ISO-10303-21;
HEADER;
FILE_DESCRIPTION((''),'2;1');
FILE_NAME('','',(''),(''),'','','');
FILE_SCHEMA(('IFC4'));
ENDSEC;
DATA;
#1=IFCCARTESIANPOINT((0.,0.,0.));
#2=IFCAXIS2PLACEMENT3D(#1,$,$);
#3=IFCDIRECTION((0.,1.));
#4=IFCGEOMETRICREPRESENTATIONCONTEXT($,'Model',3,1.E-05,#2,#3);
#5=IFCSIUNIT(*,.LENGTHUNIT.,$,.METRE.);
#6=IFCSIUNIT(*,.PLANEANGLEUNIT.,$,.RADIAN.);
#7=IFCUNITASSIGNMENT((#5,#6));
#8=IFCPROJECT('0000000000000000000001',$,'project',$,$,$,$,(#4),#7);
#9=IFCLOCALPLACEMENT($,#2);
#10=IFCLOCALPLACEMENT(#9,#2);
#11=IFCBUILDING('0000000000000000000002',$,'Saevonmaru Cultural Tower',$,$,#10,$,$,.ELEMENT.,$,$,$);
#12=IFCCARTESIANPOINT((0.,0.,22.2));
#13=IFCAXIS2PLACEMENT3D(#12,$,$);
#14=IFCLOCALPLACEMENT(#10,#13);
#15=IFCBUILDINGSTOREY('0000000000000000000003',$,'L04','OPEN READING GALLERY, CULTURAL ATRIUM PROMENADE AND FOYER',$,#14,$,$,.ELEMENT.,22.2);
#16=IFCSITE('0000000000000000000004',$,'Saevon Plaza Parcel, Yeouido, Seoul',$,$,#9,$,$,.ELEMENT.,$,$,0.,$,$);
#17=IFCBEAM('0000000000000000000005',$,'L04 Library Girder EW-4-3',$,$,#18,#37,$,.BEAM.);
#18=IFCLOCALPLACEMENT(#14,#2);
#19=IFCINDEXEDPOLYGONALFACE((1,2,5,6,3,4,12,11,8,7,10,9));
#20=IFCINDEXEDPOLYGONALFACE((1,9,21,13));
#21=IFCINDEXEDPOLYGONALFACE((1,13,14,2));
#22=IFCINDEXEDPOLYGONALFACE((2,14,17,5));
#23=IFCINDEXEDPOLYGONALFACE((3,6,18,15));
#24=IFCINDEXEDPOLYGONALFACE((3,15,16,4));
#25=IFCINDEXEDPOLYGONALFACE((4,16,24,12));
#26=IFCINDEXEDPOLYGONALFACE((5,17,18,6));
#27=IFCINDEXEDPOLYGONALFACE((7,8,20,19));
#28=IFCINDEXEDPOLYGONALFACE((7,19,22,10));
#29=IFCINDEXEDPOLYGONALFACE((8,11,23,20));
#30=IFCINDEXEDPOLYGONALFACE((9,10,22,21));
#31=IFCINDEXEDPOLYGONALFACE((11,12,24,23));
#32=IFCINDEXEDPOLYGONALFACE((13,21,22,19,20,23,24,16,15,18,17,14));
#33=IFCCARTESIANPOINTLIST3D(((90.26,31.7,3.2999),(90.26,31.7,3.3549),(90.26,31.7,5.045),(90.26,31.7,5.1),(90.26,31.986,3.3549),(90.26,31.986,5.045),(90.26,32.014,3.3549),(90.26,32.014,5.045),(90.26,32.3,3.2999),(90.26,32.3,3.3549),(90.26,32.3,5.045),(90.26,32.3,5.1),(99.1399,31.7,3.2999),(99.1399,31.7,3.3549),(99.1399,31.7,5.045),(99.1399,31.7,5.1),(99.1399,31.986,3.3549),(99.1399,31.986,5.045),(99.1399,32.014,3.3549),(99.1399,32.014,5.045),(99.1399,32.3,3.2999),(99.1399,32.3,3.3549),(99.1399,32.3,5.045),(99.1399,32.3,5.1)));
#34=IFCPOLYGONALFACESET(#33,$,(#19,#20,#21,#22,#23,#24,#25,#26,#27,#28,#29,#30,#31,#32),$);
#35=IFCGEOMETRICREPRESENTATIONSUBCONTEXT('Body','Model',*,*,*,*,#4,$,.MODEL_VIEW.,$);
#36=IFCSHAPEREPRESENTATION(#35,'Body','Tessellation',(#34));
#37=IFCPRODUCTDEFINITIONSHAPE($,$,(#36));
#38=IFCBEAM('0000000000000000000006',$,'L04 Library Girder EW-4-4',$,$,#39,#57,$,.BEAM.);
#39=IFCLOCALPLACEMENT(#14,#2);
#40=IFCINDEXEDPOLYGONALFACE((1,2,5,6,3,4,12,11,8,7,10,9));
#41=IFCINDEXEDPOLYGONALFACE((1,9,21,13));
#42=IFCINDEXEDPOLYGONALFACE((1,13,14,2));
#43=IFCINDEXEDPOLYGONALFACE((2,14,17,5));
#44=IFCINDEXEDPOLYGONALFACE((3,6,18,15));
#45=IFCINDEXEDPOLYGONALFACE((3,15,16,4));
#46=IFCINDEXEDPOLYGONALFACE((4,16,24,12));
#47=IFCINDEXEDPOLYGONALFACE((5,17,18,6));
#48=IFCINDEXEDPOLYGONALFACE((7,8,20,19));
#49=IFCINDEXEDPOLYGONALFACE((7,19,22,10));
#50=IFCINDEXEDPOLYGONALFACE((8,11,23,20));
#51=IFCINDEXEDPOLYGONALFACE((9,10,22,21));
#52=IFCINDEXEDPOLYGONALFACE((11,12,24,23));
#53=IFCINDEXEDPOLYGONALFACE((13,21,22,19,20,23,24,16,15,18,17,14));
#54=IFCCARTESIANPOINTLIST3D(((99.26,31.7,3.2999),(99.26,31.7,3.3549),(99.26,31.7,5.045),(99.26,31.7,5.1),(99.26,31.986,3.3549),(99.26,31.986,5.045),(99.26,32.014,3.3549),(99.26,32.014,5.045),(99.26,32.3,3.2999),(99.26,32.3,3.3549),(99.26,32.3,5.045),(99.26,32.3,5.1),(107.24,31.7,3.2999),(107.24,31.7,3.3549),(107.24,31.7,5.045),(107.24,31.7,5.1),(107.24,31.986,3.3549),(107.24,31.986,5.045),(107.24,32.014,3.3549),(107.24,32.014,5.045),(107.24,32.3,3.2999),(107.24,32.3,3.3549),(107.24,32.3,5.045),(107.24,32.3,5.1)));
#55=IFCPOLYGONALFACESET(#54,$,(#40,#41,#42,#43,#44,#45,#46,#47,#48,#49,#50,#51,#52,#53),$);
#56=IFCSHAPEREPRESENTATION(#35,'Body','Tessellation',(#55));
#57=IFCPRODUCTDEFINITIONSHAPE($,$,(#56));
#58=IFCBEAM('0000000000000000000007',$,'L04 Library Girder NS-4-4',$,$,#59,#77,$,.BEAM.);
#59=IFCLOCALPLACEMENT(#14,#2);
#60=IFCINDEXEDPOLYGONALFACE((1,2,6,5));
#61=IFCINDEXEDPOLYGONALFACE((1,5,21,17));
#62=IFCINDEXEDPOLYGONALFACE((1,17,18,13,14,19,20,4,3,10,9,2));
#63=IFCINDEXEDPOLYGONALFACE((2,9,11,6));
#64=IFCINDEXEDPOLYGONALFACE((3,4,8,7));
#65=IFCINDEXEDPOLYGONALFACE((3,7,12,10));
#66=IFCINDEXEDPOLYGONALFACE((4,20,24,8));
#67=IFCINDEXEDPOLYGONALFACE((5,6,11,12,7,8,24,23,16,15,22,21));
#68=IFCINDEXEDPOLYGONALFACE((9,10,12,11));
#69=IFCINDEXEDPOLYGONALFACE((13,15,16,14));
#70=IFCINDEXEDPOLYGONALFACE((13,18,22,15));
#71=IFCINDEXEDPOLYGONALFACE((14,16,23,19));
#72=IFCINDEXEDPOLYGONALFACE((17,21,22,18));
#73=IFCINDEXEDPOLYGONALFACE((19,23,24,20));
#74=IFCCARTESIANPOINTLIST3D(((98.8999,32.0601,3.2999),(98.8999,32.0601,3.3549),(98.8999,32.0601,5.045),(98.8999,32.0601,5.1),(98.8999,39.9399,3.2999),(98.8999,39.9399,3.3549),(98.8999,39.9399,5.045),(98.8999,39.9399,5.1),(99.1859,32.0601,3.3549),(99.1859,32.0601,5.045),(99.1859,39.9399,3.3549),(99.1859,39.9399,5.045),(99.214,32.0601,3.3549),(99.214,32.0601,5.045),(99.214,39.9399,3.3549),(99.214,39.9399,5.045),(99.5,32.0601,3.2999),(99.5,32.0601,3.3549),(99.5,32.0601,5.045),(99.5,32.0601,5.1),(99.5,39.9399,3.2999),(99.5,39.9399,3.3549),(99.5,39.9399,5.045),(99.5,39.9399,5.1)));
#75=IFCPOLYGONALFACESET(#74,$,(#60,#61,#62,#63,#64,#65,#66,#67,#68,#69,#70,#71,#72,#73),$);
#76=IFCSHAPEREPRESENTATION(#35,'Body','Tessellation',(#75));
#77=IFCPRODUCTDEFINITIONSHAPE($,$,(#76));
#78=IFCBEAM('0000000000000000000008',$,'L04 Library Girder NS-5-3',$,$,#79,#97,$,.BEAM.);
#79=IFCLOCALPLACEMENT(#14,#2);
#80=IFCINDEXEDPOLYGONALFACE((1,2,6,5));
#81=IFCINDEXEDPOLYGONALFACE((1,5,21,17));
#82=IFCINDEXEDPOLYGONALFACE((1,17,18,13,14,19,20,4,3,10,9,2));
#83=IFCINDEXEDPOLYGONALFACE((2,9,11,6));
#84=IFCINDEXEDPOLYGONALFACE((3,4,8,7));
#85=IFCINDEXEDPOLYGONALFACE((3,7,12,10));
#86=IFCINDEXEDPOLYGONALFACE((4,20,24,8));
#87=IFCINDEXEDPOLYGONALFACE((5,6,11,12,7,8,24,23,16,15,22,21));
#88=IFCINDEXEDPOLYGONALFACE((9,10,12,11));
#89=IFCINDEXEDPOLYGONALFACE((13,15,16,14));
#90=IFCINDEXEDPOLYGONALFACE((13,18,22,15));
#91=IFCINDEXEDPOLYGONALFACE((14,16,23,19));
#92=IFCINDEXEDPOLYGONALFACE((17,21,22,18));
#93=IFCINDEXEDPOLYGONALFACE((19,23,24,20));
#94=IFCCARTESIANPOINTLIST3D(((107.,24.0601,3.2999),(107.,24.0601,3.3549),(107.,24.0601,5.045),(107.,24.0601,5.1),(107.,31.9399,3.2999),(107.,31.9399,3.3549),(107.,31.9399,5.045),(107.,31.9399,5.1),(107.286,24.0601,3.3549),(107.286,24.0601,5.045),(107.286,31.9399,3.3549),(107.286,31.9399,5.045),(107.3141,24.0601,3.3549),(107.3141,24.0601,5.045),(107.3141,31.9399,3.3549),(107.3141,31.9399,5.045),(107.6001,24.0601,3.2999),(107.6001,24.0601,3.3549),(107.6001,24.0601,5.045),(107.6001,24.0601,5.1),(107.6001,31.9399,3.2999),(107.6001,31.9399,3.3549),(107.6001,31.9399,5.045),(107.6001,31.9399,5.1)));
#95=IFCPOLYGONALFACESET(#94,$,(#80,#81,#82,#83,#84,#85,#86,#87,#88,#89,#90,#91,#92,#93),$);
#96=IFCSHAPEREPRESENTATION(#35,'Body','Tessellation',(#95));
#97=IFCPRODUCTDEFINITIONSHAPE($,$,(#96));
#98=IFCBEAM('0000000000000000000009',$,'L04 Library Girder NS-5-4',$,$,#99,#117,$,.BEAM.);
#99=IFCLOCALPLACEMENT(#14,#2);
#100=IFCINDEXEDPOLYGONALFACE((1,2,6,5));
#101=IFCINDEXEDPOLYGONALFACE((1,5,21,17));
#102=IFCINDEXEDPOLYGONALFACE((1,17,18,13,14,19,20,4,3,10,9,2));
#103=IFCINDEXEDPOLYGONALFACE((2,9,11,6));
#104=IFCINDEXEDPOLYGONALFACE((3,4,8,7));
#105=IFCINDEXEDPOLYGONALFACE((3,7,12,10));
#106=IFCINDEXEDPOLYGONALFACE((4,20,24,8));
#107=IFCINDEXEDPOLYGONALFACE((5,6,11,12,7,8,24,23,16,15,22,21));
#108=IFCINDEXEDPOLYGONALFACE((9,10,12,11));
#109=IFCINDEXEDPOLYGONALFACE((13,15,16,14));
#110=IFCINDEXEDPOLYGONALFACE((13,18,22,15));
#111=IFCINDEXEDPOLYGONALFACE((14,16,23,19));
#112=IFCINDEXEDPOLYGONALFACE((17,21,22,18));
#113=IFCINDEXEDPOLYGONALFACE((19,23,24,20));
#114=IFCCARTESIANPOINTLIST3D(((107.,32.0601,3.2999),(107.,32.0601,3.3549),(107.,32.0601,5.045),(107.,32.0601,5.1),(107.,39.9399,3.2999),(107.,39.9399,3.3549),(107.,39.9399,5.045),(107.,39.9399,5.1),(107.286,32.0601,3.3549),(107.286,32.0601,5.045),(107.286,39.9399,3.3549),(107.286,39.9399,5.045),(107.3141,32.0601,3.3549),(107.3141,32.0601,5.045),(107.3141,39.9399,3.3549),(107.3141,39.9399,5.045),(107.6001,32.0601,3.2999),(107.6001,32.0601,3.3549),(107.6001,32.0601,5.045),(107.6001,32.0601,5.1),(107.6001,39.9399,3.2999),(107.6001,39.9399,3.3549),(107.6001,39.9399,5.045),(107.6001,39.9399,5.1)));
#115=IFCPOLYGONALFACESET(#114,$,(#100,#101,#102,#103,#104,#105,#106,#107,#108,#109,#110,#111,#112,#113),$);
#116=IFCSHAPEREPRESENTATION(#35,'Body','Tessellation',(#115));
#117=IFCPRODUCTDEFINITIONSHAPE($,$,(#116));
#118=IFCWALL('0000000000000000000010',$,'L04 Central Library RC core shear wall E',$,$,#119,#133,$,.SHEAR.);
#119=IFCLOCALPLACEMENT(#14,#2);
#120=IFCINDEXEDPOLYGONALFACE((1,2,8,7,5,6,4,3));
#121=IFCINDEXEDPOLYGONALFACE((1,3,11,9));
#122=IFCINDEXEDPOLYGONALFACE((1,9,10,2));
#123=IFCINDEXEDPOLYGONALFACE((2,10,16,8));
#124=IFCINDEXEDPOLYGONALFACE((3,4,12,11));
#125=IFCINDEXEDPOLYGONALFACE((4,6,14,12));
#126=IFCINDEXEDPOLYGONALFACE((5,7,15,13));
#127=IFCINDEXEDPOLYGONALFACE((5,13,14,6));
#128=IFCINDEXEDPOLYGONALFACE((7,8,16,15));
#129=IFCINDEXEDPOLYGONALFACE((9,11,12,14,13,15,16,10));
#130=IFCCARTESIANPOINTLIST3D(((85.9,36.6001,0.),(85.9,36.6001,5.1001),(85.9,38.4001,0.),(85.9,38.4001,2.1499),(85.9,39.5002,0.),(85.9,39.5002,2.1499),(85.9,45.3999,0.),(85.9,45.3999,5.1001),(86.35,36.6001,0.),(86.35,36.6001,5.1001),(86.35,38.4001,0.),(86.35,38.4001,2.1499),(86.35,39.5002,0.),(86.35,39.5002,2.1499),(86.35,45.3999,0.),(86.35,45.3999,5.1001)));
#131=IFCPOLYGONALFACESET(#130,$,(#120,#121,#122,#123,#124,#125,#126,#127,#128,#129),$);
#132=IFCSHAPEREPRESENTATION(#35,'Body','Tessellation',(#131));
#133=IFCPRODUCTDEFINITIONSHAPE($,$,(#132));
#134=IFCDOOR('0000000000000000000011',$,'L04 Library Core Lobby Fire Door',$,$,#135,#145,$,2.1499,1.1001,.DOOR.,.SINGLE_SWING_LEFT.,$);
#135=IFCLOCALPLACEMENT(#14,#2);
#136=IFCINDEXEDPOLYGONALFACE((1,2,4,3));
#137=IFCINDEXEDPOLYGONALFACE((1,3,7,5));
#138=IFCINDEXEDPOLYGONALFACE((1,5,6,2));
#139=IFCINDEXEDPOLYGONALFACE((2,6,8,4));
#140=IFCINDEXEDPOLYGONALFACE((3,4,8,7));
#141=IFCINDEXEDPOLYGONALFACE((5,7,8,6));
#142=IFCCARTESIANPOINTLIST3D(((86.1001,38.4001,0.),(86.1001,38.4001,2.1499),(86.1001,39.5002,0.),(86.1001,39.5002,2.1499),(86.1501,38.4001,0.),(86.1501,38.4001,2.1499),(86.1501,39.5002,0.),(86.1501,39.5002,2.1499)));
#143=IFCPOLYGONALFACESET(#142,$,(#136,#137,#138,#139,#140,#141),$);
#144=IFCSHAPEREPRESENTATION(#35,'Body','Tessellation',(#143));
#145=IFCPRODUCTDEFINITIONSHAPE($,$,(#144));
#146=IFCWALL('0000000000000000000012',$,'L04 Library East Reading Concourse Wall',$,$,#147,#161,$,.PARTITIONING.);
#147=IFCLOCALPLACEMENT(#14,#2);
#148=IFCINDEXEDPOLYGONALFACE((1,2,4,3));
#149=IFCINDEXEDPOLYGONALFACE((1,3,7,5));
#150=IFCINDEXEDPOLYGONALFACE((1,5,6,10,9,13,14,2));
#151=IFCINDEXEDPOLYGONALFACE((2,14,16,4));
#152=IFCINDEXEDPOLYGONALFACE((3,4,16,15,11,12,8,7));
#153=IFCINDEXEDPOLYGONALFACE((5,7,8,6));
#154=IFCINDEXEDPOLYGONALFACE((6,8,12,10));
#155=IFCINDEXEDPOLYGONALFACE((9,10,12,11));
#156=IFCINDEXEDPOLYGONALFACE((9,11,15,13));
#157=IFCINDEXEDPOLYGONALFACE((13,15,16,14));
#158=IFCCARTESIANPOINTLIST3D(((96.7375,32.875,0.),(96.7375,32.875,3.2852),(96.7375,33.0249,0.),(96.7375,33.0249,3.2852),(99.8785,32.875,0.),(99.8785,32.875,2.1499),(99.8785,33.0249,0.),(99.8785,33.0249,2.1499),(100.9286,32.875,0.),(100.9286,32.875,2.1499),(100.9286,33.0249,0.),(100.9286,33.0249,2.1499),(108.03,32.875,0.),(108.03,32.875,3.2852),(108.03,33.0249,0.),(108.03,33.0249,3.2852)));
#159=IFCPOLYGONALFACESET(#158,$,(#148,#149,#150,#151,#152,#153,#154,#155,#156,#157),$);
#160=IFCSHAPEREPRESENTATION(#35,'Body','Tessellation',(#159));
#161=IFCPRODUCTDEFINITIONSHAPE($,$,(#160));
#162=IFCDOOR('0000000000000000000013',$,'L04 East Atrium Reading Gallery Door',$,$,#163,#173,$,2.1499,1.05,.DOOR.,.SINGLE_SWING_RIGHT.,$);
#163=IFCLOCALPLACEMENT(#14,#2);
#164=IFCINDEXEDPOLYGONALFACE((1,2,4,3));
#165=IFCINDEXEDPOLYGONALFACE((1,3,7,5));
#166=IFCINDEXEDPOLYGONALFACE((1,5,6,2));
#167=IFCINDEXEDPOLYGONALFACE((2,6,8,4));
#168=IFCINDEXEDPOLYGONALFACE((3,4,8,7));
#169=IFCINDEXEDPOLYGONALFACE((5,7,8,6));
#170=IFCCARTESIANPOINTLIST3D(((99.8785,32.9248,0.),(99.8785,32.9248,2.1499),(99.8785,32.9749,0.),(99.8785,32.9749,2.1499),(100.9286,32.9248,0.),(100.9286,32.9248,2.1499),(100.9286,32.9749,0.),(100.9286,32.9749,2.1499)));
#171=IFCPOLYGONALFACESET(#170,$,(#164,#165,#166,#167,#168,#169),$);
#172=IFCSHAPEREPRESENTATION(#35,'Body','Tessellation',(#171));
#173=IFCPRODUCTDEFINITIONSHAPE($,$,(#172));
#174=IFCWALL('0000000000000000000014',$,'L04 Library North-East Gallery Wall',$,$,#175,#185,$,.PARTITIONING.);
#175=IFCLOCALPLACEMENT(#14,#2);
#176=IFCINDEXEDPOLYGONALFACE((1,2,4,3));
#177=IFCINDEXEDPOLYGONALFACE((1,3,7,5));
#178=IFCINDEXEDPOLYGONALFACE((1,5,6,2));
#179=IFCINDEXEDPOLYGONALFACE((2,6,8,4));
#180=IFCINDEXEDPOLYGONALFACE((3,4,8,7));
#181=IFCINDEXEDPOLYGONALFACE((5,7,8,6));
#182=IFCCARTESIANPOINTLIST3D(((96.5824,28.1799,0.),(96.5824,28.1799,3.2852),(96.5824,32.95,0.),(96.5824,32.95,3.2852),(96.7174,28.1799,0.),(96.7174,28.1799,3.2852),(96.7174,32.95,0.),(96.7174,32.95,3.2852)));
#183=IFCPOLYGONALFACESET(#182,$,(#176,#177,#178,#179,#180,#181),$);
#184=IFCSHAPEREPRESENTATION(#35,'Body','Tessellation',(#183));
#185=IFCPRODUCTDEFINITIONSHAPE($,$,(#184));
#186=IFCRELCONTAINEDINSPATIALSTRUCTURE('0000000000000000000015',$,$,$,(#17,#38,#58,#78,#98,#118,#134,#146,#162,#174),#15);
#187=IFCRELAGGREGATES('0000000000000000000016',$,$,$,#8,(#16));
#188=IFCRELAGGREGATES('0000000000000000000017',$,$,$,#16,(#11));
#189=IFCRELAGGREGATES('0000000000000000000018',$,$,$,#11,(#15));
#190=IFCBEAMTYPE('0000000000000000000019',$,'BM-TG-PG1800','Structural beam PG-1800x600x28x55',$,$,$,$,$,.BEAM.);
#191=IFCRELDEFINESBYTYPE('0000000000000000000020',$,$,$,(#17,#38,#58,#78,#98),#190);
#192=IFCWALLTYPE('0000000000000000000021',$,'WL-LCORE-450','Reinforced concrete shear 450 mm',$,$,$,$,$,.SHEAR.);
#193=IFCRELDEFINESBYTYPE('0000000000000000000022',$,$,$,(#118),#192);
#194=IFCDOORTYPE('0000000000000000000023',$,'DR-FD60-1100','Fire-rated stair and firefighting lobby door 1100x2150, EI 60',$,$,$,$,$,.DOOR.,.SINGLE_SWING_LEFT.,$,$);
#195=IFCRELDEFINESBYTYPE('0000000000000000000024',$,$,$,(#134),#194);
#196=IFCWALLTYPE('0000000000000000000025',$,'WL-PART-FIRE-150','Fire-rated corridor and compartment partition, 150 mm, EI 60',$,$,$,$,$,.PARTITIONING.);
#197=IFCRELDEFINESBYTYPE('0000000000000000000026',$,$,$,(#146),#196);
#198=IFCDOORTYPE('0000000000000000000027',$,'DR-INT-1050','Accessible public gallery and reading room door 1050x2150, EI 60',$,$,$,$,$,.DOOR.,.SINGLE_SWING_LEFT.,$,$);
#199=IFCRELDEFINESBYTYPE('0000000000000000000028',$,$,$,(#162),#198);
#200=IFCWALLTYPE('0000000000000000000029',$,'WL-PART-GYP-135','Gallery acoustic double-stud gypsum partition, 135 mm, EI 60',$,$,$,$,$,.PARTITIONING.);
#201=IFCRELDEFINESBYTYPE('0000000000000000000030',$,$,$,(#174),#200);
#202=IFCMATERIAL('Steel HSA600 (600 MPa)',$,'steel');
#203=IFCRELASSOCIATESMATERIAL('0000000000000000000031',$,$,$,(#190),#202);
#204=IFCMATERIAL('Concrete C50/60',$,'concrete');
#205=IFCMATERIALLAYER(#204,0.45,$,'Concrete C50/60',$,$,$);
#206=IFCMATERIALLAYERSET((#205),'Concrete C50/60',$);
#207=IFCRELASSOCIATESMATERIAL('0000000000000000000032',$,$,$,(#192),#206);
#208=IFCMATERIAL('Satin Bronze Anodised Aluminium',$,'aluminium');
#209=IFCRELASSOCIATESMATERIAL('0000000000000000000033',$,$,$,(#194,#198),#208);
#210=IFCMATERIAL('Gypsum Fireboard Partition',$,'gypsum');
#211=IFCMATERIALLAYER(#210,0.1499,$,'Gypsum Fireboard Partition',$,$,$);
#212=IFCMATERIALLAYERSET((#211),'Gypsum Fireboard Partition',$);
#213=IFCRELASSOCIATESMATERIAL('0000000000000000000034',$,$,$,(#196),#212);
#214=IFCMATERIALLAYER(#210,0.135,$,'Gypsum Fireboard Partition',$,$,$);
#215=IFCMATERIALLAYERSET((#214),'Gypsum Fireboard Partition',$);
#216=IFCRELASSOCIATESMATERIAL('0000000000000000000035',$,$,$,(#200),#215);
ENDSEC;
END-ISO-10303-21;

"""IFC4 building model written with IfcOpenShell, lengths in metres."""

from ifc_helpers import new_model, si_unit, direction, frame, frame_2d, origin, origin_2d, place, context, subcontext, project, spatial, rectangle, i_section, extrude, material, layer, layer_set, material_profile, profile_set, type_object, element, fill, save


model = new_model("IFC4")

# Units and contexts
model_context = context("Model", 3, precision=1e-05, world=origin(), true_north=direction((0.0, 1.0)))
body_context = subcontext(model_context, "Body", "Model", "MODEL_VIEW")
ifc_project = project(units=[si_unit("LENGTHUNIT", "METRE"), si_unit("PLANEANGLEUNIT", "RADIAN")], contexts=[model_context])

# Site, building, storey
site_placement = place(None, origin())
site = spatial("IfcSite", under=ifc_project, at=site_placement, Name="Saevon Plaza Parcel, Yeouido, Seoul", CompositionType="ELEMENT", RefElevation=0.0)
building_placement = place(site_placement, origin())
building = spatial("IfcBuilding", under=site, at=building_placement, Name="Saevonmaru Cultural Tower", CompositionType="ELEMENT")
storey_placement = place(building_placement, frame((0.0, 0.0, 22.2)))
storey = spatial("IfcBuildingStorey", under=building, at=storey_placement, Name="L04", Description="OPEN READING GALLERY, CULTURAL ATRIUM PROMENADE AND FOYER", CompositionType="ELEMENT", Elevation=22.2)

# Beams
ifc_material_1 = material(Name="Steel HSA600 (600 MPa)", Category="steel")
ifc_material_profile_1 = material_profile(ifc_material_1, i_section(OverallWidth=0.6001, OverallDepth=1.8, WebThickness=0.0281, FlangeThickness=0.0549, at=origin_2d()), Name="PG-1800x600x28x55")
ifc_profile_set_1 = profile_set([ifc_material_profile_1], Name="Steel HSA600 (600 MPa)")
beam_type = type_object("IfcBeamType", Name="BM-TG-PG1800", Description="Structural beam PG-1800x600x28x55", PredefinedType="BEAM", material=ifc_profile_set_1)
beam_1_placement = place(storey_placement, frame((90.26, 32.0, 4.2), z_axis=(1.0, 0.0, 0.0), x_axis=(0.0, 1.0, 0.0)))
element("IfcBeam", 1, at=beam_1_placement, inside=storey, type_object=beam_type, Name="L04 Library Girder EW-4-3", PredefinedType="BEAM", context=body_context, shape_type="SweptSolid", body=[
    extrude(i_section(OverallWidth=0.6001, OverallDepth=1.8, WebThickness=0.0281, FlangeThickness=0.0549, at=origin_2d()), origin(), (0.0, 0.0, 1.0), 8.8799),
])
beam_2_placement = place(storey_placement, frame((99.26, 32.0, 4.2), z_axis=(1.0, 0.0, 0.0), x_axis=(0.0, 1.0, 0.0)))
element("IfcBeam", 2, at=beam_2_placement, inside=storey, type_object=beam_type, Name="L04 Library Girder EW-4-4", PredefinedType="BEAM", context=body_context, shape_type="SweptSolid", body=[
    extrude(i_section(OverallWidth=0.6001, OverallDepth=1.8, WebThickness=0.0281, FlangeThickness=0.0549, at=origin_2d()), origin(), (0.0, 0.0, 1.0), 7.98),
])
for number, where, z_axis, x_axis, name in (
    (3, (99.2, 32.0601, 4.2), (0.0, 1.0, 0.0), (-1.0, 0.0, 0.0), "L04 Library Girder NS-4-4"),
    (4, (107.3, 24.0601, 4.2), (0.0, 1.0, 0.0), (-1.0, 0.0, 0.0), "L04 Library Girder NS-5-3"),
    (5, (107.3, 32.0601, 4.2), (0.0, 1.0, 0.0), (-1.0, 0.0, 0.0), "L04 Library Girder NS-5-4"),
):
    element("IfcBeam", number, at=place(storey_placement, frame(where, z_axis=z_axis, x_axis=x_axis)), inside=storey, type_object=beam_type, Name=name, PredefinedType="BEAM", context=body_context, shape_type="SweptSolid", body=[
        extrude(i_section(OverallWidth=0.6001, OverallDepth=1.8, WebThickness=0.0281, FlangeThickness=0.0549, at=origin_2d()), origin(), (0.0, 0.0, 1.0), 7.8799),
    ])

# Walls, openings, doors
ifc_material_2 = material(Name="Concrete C50/60", Category="concrete")
ifc_layer_1 = layer(ifc_material_2, 0.45, Name="Concrete C50/60")
ifc_layer_set_1 = layer_set([ifc_layer_1], Name="Concrete C50/60")
wall_type_1 = type_object("IfcWallType", Name="WL-LCORE-450", Description="Reinforced concrete shear 450 mm", PredefinedType="SHEAR", material=ifc_layer_set_1)
wall_1_placement = place(storey_placement, frame((86.125, 36.6001, 0.0), z_axis=(0.0, 0.0, 1.0), x_axis=(0.0, 1.0, 0.0)))
wall_1 = element("IfcWall", 6, at=wall_1_placement, inside=storey, type_object=wall_type_1, Name="L04 Central Library RC core shear wall E", PredefinedType="SHEAR", context=body_context, shape_type="SweptSolid", body=[
    extrude(rectangle(XDim=8.7998, YDim=0.45, at=frame_2d((4.3999, 0.0))), origin(), (0.0, 0.0, 1.0), 5.1001),
])
opening_1_placement = place(wall_1_placement, frame((1.8, 0.0, 0.0)))
opening_1 = element("IfcOpeningElement", 7, at=opening_1_placement, cuts=wall_1, PredefinedType="OPENING", context=body_context, shape_type="SweptSolid", body=[
    extrude(rectangle(XDim=1.1001, YDim=2.1499, at=frame_2d((0.55, 1.075))), frame((0.0, 0.2349, 0.0), z_axis=(0.0, -1.0, 0.0), x_axis=(1.0, 0.0, 0.0)), (0.0, 0.0, 1.0), 0.47),
])
ifc_material_3 = material(Name="Satin Bronze Anodised Aluminium", Category="aluminium")
door_type_1 = type_object("IfcDoorType", Name="DR-FD60-1100", Description="Fire-rated stair and firefighting lobby door 1100x2150, EI 60", OperationType="SINGLE_SWING_LEFT", PredefinedType="DOOR", material=ifc_material_3)
door_1_placement = place(opening_1_placement, origin())
door_1 = element("IfcDoor", 8, at=door_1_placement, inside=storey, type_object=door_type_1, Name="L04 Library Core Lobby Fire Door", OperationType="SINGLE_SWING_LEFT", OverallHeight=2.1499, OverallWidth=1.1001, PredefinedType="DOOR", context=body_context, shape_type="SweptSolid", body=[
    extrude(rectangle(XDim=1.1001, YDim=2.1499, at=frame_2d((0.55, 1.075))), frame((0.0, 0.0249, 0.0), z_axis=(0.0, -1.0, 0.0), x_axis=(1.0, 0.0, 0.0)), (0.0, 0.0, 1.0), 0.05),
])
fill(opening_1, door_1)
ifc_material_4 = material(Name="Gypsum Fireboard Partition", Category="gypsum")
ifc_layer_2 = layer(ifc_material_4, 0.1499, Name="Gypsum Fireboard Partition")
ifc_layer_set_2 = layer_set([ifc_layer_2], Name="Gypsum Fireboard Partition")
wall_type_2 = type_object("IfcWallType", Name="WL-PART-FIRE-150", Description="Fire-rated corridor and compartment partition, 150 mm, EI 60", PredefinedType="PARTITIONING", material=ifc_layer_set_2)
wall_2_placement = place(storey_placement, frame((96.7375, 32.95, 0.0), z_axis=(0.0, 0.0, 1.0), x_axis=(1.0, 0.0, 0.0)))
wall_2 = element("IfcWall", 9, at=wall_2_placement, inside=storey, type_object=wall_type_2, Name="L04 Library East Reading Concourse Wall", PredefinedType="PARTITIONING", context=body_context, shape_type="SweptSolid", body=[
    extrude(rectangle(XDim=11.2925, YDim=0.1499, at=frame_2d((5.6462, 0.0))), origin(), (0.0, 0.0, 1.0), 3.2852),
])
opening_2_placement = place(wall_2_placement, frame((3.1411, 0.0, 0.0)))
opening_2 = element("IfcOpeningElement", 10, at=opening_2_placement, cuts=wall_2, PredefinedType="OPENING", context=body_context, shape_type="SweptSolid", body=[
    extrude(rectangle(XDim=1.05, YDim=2.1499, at=frame_2d((0.5249, 1.075))), frame((0.0, 0.085, 0.0), z_axis=(0.0, -1.0, 0.0), x_axis=(1.0, 0.0, 0.0)), (0.0, 0.0, 1.0), 0.1699),
])
door_type_2 = type_object("IfcDoorType", Name="DR-INT-1050", Description="Accessible public gallery and reading room door 1050x2150, EI 60", OperationType="SINGLE_SWING_LEFT", PredefinedType="DOOR", material=ifc_material_3)
door_2_placement = place(opening_2_placement, origin())
door_2 = element("IfcDoor", 11, at=door_2_placement, inside=storey, type_object=door_type_2, Name="L04 East Atrium Reading Gallery Door", OperationType="SINGLE_SWING_RIGHT", OverallHeight=2.1499, OverallWidth=1.05, PredefinedType="DOOR", context=body_context, shape_type="SweptSolid", body=[
    extrude(rectangle(XDim=1.05, YDim=2.1499, at=frame_2d((0.5249, 1.075))), frame((0.0, 0.0249, 0.0), z_axis=(0.0, -1.0, 0.0), x_axis=(1.0, 0.0, 0.0)), (0.0, 0.0, 1.0), 0.05),
])
fill(opening_2, door_2)

# Wall
ifc_layer_3 = layer(ifc_material_4, 0.135, Name="Gypsum Fireboard Partition")
ifc_layer_set_3 = layer_set([ifc_layer_3], Name="Gypsum Fireboard Partition")
wall_type_3 = type_object("IfcWallType", Name="WL-PART-GYP-135", Description="Gallery acoustic double-stud gypsum partition, 135 mm, EI 60", PredefinedType="PARTITIONING", material=ifc_layer_set_3)
wall_3_placement = place(storey_placement, frame((96.6499, 28.1799, 0.0), z_axis=(0.0, 0.0, 1.0), x_axis=(0.0, 1.0, 0.0)))
element("IfcWall", 12, at=wall_3_placement, inside=storey, type_object=wall_type_3, Name="L04 Library North-East Gallery Wall", PredefinedType="PARTITIONING", context=body_context, shape_type="SweptSolid", body=[
    extrude(rectangle(XDim=4.77, YDim=0.135, at=frame_2d((2.385, 0.0))), origin(), (0.0, 0.0, 1.0), 3.2852),
])

save(model, "model.ifc")
